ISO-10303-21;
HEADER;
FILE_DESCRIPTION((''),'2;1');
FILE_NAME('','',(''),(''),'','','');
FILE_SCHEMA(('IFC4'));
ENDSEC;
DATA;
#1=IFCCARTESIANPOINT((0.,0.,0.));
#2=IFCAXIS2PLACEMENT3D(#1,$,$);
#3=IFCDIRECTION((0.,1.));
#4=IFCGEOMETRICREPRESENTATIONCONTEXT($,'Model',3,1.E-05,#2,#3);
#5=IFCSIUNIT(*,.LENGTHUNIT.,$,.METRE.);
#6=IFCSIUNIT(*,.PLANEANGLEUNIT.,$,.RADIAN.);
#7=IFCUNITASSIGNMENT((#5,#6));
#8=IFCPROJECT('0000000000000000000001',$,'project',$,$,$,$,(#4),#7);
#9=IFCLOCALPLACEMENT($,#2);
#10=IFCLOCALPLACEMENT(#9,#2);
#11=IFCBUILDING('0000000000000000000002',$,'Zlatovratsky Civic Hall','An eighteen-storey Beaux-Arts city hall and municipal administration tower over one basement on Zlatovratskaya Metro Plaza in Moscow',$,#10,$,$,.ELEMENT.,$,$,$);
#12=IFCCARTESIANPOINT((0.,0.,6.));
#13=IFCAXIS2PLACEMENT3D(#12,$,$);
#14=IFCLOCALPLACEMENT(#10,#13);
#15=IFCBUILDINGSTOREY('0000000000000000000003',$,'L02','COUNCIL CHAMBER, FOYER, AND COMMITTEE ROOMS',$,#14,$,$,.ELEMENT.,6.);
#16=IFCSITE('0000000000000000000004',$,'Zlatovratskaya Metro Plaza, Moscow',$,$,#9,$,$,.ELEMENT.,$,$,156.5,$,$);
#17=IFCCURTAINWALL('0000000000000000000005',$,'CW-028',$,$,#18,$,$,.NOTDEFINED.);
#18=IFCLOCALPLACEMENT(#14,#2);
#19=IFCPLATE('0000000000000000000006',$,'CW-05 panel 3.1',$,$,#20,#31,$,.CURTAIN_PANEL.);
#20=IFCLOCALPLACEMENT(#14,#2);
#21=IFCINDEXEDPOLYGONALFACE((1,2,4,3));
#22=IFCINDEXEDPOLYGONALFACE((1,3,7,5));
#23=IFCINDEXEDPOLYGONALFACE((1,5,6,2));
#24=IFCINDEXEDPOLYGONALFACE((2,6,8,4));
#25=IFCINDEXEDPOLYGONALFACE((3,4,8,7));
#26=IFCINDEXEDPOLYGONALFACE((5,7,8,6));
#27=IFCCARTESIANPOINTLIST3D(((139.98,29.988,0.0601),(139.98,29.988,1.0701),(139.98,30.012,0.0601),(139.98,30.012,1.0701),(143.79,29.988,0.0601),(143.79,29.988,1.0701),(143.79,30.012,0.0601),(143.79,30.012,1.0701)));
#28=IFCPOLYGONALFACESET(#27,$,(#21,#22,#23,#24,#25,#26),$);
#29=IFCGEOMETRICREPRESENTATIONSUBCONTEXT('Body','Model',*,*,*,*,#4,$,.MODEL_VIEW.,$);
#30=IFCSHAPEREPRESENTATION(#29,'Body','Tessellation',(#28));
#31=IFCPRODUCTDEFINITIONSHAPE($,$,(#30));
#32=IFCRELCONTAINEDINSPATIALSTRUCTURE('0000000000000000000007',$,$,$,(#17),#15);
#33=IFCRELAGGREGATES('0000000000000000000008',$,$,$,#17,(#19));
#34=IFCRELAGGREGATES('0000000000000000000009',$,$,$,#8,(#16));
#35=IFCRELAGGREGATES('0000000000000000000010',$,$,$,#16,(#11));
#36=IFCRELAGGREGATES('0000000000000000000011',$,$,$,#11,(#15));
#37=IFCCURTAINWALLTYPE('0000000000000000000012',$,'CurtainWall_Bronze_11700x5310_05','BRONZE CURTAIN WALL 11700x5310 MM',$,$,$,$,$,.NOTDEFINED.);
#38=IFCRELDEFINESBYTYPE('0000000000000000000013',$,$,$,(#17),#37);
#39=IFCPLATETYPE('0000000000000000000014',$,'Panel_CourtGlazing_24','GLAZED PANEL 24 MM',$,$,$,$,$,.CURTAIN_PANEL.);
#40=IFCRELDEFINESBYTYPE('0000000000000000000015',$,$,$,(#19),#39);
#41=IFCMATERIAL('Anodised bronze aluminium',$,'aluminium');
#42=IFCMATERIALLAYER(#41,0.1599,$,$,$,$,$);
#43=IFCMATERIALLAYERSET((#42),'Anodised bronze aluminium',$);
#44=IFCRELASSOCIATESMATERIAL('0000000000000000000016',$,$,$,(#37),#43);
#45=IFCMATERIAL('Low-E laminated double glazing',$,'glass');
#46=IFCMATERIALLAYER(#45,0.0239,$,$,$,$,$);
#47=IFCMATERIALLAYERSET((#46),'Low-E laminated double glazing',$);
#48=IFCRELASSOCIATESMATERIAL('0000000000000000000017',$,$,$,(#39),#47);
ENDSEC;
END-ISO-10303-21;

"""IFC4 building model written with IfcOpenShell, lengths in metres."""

from ifc_helpers import new_model, si_unit, direction, frame, origin, origin_2d, place, context, subcontext, project, spatial, rectangle, extrude, material, layer, layer_set, type_object, element, aggregate, save


model = new_model("IFC4")

# Units and contexts
model_context = context("Model", 3, precision=1e-05, world=origin(), true_north=direction((0.0, 1.0)))
body_context = subcontext(model_context, "Body", "Model", "MODEL_VIEW")
ifc_project = project(units=[si_unit("LENGTHUNIT", "METRE"), si_unit("PLANEANGLEUNIT", "RADIAN")], contexts=[model_context])

# Site, building, storey
site_placement = place(None, origin())
site = spatial("IfcSite", under=ifc_project, at=site_placement, Name="Zlatovratskaya Metro Plaza, Moscow", CompositionType="ELEMENT", RefElevation=156.5)
building_placement = place(site_placement, origin())
building = spatial("IfcBuilding", under=site, at=building_placement, Name="Zlatovratsky Civic Hall", Description="An eighteen-storey Beaux-Arts city hall and municipal administration tower over one basement on Zlatovratskaya Metro Plaza in Moscow", CompositionType="ELEMENT")
storey_placement = place(building_placement, frame((0.0, 0.0, 6.0)))
storey = spatial("IfcBuildingStorey", under=building, at=storey_placement, Name="L02", Description="COUNCIL CHAMBER, FOYER, AND COMMITTEE ROOMS", CompositionType="ELEMENT", Elevation=6.0)

# Curtain wall
ifc_material_1 = material(Name="Anodised bronze aluminium", Category="aluminium")
ifc_layer_1 = layer(ifc_material_1, 0.1599)
ifc_layer_set_1 = layer_set([ifc_layer_1], Name="Anodised bronze aluminium")
curtain_wall_type = type_object("IfcCurtainWallType", Name="CurtainWall_Bronze_11700x5310_05", Description="BRONZE CURTAIN WALL 11700x5310 MM", PredefinedType="NOTDEFINED", material=ifc_layer_set_1)
curtain_wall_1_placement = place(storey_placement, origin())
curtain_wall_1 = element("IfcCurtainWall", 1, at=curtain_wall_1_placement, inside=storey, type_object=curtain_wall_type, Name="CW-028", PredefinedType="NOTDEFINED")

# Plate
ifc_material_2 = material(Name="Low-E laminated double glazing", Category="glass")
ifc_layer_2 = layer(ifc_material_2, 0.0239)
ifc_layer_set_2 = layer_set([ifc_layer_2], Name="Low-E laminated double glazing")
plate_type = type_object("IfcPlateType", Name="Panel_CourtGlazing_24", Description="GLAZED PANEL 24 MM", PredefinedType="CURTAIN_PANEL", material=ifc_layer_set_2)
plate_1_placement = place(storey_placement, frame((141.885, 30.0, 0.0601), z_axis=(0.0, 0.0, 1.0), x_axis=(1.0, 0.0, 0.0)))
plate_1 = element("IfcPlate", 2, at=plate_1_placement, type_object=plate_type, Name="CW-05 panel 3.1", PredefinedType="CURTAIN_PANEL", context=body_context, shape_type="SweptSolid", body=[
    extrude(rectangle(XDim=3.8101, YDim=0.0239, at=origin_2d()), origin(), (0.0, 0.0, 1.0), 1.01),
])
aggregate(curtain_wall_1, [plate_1])

save(model, "model.ifc")
